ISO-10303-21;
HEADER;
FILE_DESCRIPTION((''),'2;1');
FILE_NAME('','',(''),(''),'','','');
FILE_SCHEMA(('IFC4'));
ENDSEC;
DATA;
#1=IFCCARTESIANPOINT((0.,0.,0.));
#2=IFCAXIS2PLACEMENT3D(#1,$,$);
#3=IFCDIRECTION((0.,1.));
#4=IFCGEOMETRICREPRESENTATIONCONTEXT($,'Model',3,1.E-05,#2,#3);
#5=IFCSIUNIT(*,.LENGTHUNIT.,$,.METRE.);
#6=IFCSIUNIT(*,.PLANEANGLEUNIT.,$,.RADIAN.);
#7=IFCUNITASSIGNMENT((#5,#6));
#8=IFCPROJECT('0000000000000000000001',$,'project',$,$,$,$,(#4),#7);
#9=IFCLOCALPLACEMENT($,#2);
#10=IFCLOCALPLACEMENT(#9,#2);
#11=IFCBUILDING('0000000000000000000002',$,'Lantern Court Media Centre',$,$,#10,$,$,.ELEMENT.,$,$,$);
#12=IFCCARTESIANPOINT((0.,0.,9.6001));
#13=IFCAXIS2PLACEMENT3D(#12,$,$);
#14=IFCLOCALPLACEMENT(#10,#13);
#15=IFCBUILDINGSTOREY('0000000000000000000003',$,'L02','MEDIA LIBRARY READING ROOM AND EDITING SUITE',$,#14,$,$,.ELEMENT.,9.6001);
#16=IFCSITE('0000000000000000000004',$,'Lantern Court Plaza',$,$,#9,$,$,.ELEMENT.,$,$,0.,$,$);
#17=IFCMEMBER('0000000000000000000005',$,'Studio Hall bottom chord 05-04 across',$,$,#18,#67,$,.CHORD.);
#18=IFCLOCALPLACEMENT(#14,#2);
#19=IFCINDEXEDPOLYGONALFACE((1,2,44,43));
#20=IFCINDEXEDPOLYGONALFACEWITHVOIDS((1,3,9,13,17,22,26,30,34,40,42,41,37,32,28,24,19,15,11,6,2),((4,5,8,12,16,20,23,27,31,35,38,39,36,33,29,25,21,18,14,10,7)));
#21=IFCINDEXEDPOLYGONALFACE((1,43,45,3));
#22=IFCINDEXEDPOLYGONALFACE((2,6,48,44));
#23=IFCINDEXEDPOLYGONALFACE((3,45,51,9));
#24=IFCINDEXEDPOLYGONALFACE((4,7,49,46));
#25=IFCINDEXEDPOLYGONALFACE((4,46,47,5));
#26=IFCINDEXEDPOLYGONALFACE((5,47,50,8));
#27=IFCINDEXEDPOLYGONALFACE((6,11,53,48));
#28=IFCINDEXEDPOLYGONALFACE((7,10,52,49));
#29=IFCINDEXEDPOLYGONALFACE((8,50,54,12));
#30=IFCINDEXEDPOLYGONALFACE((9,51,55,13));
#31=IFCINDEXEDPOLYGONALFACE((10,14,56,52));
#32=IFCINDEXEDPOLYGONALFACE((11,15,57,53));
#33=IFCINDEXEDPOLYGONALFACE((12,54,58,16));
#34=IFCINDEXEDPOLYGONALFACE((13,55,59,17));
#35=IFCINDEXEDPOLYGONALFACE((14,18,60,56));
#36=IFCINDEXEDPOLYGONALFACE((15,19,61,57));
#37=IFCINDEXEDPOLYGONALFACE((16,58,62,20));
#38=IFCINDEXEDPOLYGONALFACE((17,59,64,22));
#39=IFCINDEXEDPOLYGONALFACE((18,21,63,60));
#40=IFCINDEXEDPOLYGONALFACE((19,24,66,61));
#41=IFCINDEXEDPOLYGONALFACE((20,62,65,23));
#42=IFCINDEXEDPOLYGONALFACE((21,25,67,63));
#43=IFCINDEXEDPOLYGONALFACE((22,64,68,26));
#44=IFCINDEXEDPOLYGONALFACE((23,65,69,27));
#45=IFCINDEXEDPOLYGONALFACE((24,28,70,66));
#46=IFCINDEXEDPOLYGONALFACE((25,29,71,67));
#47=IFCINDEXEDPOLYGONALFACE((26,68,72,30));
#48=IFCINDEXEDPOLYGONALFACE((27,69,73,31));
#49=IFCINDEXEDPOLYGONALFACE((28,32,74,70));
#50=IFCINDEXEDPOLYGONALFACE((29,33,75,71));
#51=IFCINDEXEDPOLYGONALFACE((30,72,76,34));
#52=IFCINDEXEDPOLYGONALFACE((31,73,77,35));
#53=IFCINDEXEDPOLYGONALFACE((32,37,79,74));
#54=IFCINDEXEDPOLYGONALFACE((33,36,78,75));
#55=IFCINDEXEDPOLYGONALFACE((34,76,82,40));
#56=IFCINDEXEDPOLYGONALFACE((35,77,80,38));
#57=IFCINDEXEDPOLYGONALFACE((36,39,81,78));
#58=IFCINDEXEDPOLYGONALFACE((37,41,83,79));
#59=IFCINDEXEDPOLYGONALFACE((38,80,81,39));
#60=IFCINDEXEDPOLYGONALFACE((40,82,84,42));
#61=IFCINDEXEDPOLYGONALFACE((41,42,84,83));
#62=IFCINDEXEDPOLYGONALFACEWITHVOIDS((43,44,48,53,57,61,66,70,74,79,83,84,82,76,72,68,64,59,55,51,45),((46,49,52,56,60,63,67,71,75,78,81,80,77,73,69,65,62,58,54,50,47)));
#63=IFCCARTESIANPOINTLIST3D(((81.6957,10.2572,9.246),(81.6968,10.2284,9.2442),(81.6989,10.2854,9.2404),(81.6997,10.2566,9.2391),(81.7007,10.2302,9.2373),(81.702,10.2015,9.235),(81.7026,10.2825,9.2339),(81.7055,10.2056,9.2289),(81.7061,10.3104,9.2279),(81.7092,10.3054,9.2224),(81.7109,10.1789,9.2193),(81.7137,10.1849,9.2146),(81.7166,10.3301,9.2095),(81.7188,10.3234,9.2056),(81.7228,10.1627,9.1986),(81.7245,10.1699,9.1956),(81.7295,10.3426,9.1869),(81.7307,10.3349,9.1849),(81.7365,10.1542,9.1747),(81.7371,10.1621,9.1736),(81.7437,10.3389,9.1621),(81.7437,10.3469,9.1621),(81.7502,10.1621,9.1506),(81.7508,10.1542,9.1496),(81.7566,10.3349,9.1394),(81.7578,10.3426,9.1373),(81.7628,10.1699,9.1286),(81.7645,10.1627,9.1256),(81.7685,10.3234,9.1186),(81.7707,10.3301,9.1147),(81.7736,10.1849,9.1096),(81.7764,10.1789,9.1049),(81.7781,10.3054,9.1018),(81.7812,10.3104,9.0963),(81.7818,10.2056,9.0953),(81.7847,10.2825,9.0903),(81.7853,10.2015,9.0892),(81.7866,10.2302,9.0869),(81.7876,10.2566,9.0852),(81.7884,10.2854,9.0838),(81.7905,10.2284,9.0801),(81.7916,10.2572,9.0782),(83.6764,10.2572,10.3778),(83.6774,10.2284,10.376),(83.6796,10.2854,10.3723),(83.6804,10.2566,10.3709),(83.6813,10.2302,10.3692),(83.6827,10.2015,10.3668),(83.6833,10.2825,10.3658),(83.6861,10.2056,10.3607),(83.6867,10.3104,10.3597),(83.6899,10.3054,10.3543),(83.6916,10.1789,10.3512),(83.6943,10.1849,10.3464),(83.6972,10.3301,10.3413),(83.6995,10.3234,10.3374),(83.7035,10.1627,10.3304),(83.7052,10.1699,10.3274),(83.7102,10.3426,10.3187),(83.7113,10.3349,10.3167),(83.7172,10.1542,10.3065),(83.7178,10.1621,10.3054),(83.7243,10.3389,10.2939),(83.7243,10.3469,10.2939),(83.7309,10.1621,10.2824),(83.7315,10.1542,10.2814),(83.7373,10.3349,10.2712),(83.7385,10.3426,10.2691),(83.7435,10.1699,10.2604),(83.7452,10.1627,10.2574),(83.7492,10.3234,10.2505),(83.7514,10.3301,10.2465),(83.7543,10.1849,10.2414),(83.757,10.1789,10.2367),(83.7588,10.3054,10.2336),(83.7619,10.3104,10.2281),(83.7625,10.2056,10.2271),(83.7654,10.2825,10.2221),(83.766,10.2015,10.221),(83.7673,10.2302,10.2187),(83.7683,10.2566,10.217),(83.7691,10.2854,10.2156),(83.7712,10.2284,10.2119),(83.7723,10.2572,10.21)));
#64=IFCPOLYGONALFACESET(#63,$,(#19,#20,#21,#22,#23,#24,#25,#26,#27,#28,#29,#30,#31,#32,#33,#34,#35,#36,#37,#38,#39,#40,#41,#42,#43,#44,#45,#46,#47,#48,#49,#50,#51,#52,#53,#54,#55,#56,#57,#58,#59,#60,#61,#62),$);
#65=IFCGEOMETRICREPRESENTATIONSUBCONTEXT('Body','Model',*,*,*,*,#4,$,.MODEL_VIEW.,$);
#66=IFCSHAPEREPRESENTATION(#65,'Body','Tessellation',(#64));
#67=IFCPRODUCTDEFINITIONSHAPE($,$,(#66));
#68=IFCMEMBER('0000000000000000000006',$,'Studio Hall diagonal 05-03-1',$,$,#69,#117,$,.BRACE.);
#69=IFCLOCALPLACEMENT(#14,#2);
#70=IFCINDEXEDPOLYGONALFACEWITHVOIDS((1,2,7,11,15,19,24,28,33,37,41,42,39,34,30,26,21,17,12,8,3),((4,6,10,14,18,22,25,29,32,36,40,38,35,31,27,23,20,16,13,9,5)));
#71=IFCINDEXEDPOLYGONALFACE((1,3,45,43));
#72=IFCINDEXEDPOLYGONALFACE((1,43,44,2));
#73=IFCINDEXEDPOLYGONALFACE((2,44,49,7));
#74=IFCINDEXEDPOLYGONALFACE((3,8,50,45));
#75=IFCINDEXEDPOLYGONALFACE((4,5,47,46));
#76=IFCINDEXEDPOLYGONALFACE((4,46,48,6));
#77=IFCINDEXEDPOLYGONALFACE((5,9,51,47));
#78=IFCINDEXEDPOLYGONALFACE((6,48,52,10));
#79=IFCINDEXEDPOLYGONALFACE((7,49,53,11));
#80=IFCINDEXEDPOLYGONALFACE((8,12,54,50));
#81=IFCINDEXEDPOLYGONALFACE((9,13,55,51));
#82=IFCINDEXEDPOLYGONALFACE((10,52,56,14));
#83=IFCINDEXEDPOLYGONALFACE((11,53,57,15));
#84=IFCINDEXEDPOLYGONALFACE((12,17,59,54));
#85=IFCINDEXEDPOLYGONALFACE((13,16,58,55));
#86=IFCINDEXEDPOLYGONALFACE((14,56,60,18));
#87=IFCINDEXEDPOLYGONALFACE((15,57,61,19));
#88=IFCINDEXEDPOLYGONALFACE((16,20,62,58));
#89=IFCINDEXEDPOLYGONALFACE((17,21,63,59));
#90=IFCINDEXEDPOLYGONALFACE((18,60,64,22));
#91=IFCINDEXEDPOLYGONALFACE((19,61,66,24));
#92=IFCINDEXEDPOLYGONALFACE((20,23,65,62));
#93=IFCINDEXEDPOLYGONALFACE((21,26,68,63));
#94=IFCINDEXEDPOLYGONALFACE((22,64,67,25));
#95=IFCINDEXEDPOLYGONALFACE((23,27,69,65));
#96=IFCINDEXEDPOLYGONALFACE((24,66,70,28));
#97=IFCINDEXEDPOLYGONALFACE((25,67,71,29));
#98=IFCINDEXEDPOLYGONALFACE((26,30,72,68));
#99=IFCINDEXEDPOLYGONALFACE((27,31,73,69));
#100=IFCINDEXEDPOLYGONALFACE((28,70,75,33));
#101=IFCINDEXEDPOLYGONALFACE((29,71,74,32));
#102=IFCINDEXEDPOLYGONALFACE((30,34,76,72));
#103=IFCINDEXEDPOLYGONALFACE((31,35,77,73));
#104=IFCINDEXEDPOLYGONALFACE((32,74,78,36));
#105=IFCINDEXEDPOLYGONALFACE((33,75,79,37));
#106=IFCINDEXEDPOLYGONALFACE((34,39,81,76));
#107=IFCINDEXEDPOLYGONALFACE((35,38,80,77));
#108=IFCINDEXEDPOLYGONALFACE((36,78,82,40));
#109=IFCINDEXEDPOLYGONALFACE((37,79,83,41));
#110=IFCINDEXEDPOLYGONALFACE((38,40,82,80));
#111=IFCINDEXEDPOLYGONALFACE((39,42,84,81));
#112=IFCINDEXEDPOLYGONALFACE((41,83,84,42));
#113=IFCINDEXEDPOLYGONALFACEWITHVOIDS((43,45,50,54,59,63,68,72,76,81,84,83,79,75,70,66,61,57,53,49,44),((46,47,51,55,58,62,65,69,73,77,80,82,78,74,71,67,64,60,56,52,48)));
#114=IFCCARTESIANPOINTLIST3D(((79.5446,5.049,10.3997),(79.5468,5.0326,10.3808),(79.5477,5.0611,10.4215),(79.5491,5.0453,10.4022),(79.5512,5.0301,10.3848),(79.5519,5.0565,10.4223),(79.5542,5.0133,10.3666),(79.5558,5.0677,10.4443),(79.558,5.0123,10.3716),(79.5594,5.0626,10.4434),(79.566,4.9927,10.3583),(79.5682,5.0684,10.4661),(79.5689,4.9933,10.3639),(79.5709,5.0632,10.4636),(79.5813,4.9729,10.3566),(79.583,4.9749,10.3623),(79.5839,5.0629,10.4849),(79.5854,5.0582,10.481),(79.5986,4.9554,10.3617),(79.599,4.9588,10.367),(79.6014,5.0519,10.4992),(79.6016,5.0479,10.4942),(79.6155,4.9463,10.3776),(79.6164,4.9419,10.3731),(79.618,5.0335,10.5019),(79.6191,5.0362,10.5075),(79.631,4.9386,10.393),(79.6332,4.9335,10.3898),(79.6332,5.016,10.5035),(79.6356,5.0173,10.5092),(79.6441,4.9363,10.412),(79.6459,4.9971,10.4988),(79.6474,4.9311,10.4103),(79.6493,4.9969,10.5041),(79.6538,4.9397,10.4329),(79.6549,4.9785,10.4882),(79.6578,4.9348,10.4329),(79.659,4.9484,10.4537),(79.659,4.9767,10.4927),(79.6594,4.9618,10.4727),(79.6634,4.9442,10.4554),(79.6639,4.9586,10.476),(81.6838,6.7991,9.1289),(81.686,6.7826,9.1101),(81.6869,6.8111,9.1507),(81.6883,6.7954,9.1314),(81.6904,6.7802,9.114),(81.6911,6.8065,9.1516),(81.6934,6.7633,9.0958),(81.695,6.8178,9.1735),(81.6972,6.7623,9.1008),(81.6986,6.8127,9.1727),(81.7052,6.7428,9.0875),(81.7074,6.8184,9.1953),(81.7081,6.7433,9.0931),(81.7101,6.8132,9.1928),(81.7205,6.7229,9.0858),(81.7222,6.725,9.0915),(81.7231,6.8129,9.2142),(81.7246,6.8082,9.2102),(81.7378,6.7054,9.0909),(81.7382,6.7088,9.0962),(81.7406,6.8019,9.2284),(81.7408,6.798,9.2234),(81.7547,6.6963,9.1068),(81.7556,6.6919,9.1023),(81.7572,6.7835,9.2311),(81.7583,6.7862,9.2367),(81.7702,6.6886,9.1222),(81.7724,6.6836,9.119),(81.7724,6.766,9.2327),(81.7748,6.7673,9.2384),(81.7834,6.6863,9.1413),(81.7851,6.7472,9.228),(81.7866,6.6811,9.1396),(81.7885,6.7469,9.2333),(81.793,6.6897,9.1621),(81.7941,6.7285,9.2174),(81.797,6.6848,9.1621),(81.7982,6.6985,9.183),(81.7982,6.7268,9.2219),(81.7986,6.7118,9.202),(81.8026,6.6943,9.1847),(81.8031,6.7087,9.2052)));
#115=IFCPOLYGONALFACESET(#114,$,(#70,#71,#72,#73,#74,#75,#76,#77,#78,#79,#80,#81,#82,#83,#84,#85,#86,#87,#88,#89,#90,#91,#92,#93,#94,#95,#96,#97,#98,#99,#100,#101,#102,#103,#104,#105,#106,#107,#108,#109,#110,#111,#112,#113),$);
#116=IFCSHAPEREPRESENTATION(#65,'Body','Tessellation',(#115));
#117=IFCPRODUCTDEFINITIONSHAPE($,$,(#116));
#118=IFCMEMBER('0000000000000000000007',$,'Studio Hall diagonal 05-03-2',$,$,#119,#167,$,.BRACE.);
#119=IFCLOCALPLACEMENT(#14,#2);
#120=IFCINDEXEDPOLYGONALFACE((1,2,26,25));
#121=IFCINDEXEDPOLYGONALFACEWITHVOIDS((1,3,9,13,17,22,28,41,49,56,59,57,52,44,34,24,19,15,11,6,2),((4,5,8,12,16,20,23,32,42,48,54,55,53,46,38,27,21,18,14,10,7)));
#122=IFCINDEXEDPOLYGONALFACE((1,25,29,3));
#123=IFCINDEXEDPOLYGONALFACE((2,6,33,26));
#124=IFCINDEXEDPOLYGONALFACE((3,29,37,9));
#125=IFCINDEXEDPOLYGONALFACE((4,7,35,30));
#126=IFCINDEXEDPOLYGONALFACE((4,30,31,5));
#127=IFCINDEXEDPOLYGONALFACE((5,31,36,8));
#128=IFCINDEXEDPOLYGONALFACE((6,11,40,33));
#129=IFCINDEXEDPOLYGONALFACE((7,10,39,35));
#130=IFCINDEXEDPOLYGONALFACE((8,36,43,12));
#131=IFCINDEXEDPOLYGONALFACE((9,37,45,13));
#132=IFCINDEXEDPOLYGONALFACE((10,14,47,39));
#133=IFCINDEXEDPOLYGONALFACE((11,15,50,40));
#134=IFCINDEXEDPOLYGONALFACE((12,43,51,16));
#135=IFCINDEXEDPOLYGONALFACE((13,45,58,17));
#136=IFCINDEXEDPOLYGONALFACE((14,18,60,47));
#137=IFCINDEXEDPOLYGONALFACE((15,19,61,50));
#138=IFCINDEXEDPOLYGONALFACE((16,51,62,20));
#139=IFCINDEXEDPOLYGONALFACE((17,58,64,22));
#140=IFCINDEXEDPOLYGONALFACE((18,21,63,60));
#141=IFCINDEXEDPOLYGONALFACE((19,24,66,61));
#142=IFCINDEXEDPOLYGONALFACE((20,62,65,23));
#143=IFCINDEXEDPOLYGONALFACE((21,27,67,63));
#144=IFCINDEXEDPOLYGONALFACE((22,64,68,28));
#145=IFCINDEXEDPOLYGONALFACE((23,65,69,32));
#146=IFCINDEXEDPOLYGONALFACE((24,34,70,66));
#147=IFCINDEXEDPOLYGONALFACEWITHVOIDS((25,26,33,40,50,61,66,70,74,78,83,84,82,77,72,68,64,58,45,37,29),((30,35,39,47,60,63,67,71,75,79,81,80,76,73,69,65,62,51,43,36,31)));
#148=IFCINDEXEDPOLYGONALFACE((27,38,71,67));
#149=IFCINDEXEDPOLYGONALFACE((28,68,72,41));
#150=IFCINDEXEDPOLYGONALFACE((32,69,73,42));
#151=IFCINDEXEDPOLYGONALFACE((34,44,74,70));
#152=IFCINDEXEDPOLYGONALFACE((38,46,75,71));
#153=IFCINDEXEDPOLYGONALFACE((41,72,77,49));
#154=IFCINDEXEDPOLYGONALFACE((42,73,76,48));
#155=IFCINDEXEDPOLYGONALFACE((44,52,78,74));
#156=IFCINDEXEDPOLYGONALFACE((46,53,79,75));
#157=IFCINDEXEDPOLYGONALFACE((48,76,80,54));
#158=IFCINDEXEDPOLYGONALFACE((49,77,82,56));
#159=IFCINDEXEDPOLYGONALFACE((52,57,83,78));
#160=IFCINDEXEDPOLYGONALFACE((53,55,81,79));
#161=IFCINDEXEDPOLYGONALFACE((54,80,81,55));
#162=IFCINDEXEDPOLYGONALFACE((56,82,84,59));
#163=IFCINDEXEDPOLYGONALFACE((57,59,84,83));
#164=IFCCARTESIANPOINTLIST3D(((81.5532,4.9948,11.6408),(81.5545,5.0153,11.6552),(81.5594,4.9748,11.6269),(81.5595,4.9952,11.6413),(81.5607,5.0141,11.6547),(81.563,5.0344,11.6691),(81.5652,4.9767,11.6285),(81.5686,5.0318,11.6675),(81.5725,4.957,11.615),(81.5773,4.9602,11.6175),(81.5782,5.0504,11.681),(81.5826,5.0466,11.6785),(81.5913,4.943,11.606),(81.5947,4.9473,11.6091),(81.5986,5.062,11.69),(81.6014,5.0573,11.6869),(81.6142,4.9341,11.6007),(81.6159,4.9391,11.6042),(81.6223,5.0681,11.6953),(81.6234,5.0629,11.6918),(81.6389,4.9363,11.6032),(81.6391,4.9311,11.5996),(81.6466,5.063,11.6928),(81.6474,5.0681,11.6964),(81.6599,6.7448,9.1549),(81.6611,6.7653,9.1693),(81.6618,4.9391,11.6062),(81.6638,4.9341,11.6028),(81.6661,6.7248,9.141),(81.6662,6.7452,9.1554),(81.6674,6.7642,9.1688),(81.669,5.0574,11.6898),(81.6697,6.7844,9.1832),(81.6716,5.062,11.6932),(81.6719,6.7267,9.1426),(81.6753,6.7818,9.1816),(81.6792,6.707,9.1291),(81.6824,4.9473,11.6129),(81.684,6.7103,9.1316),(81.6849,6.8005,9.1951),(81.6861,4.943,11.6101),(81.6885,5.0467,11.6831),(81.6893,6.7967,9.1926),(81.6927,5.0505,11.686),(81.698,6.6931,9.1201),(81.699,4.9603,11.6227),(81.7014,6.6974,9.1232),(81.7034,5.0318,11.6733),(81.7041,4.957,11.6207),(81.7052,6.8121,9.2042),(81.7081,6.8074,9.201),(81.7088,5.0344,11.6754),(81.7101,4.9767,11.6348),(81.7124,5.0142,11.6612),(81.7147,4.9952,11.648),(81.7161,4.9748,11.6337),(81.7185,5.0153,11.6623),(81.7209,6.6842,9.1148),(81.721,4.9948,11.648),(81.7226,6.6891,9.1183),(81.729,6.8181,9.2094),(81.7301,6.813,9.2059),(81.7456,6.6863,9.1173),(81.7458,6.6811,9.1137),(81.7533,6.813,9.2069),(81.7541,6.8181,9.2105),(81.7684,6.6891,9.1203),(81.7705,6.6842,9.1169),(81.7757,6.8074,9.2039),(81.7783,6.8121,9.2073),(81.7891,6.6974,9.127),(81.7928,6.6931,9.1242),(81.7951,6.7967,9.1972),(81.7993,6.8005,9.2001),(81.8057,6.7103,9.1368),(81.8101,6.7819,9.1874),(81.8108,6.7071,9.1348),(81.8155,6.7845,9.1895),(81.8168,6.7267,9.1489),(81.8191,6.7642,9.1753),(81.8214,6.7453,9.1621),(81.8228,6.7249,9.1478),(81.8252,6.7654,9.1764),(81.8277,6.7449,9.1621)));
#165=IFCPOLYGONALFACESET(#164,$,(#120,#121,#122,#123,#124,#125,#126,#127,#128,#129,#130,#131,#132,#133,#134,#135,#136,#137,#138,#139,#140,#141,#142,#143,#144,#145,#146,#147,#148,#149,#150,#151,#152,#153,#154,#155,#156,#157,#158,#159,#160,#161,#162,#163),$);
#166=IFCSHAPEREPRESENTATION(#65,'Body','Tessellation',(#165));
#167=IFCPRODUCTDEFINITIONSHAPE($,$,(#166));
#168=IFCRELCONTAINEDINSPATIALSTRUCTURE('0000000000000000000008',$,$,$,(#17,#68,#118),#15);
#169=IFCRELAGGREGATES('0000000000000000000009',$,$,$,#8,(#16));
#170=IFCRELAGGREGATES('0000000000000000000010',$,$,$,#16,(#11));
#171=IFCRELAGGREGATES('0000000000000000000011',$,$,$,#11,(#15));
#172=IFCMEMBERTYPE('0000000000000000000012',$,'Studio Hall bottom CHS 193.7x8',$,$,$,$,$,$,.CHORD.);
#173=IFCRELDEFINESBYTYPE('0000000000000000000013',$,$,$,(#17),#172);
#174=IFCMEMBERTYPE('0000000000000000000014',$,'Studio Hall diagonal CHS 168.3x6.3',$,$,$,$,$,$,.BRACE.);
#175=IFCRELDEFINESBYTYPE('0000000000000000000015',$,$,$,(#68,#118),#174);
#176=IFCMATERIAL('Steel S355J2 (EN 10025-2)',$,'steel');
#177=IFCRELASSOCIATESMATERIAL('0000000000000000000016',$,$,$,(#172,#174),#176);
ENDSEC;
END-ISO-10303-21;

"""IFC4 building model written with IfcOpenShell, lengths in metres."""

from ifc_helpers import new_model, si_unit, direction, frame, origin, origin_2d, place, context, subcontext, project, spatial, hollow_circle, extrude, material, material_profile, profile_set, type_object, element, save


model = new_model("IFC4")

# Units and contexts
model_context = context("Model", 3, precision=1e-05, world=origin(), true_north=direction((0.0, 1.0)))
body_context = subcontext(model_context, "Body", "Model", "MODEL_VIEW")
ifc_project = project(units=[si_unit("LENGTHUNIT", "METRE"), si_unit("PLANEANGLEUNIT", "RADIAN")], contexts=[model_context])

# Site, building, storey
site_placement = place(None, origin())
site = spatial("IfcSite", under=ifc_project, at=site_placement, Name="Lantern Court Plaza", CompositionType="ELEMENT", RefElevation=0.0)
building_placement = place(site_placement, origin())
building = spatial("IfcBuilding", under=site, at=building_placement, Name="Lantern Court Media Centre", CompositionType="ELEMENT")
storey_placement = place(building_placement, frame((0.0, 0.0, 9.6001)))
storey = spatial("IfcBuildingStorey", under=building, at=storey_placement, Name="L02", Description="MEDIA LIBRARY READING ROOM AND EDITING SUITE", CompositionType="ELEMENT", Elevation=9.6001)

# Members
ifc_material = material(Name="Steel S355J2 (EN 10025-2)", Category="steel")
ifc_material_profile_1 = material_profile(ifc_material, hollow_circle(Radius=0.0969, WallThickness=0.0081, at=origin_2d()), Name="Studio Hall bottom CHS 193.7x8")
ifc_profile_set_1 = profile_set([ifc_material_profile_1], Name="Steel S355J2 (EN 10025-2)")
member_type_1 = type_object("IfcMemberType", Name="Studio Hall bottom CHS 193.7x8", PredefinedType="CHORD", material=ifc_profile_set_1)
for number, where, z_axis, x_axis, name in (
    (1, (81.7437, 10.25, 9.1621), (0.868243, 0.0, 0.496139), (0.0, 1.0, 0.0), "Studio Hall bottom chord 05-04 across"),
):
    element("IfcMember", number, at=place(storey_placement, frame(where, z_axis=z_axis, x_axis=x_axis)), inside=storey, type_object=member_type_1, Name=name, PredefinedType="CHORD", context=body_context, shape_type="SweptSolid", body=[
        extrude(hollow_circle(Radius=0.0969, WallThickness=0.0081, at=origin_2d()), origin(), (0.0, 0.0, 1.0), 2.2812),
    ])
ifc_material_profile_2 = material_profile(ifc_material, hollow_circle(Radius=0.0842, WallThickness=0.0063, at=origin_2d()), Name="Studio Hall diagonal CHS 168.3x6.3")
ifc_profile_set_2 = profile_set([ifc_material_profile_2], Name="Steel S355J2 (EN 10025-2)")
member_type_2 = type_object("IfcMemberType", Name="Studio Hall diagonal CHS 168.3x6.3", PredefinedType="BRACE", material=ifc_profile_set_2)
for number, where, z_axis, x_axis, name in (
    (2, (81.7437, 6.75, 9.1621), (-0.703225, -0.575293, 0.417746), (0.63319, -0.773997, 0.0), "Studio Hall diagonal 05-03-1"),
    (3, (81.7437, 6.75, 9.1621), (-0.035073, -0.575294, 0.817194), (0.998147, -0.060852, 0.0), "Studio Hall diagonal 05-03-2"),
):
    element("IfcMember", number, at=place(storey_placement, frame(where, z_axis=z_axis, x_axis=x_axis)), inside=storey, type_object=member_type_2, Name=name, PredefinedType="BRACE", context=body_context, shape_type="SweptSolid", body=[
        extrude(hollow_circle(Radius=0.0842, WallThickness=0.0063, at=origin_2d()), origin(), (0.0, 0.0, 1.0), 3.042),
    ])

save(model, "model.ifc")
